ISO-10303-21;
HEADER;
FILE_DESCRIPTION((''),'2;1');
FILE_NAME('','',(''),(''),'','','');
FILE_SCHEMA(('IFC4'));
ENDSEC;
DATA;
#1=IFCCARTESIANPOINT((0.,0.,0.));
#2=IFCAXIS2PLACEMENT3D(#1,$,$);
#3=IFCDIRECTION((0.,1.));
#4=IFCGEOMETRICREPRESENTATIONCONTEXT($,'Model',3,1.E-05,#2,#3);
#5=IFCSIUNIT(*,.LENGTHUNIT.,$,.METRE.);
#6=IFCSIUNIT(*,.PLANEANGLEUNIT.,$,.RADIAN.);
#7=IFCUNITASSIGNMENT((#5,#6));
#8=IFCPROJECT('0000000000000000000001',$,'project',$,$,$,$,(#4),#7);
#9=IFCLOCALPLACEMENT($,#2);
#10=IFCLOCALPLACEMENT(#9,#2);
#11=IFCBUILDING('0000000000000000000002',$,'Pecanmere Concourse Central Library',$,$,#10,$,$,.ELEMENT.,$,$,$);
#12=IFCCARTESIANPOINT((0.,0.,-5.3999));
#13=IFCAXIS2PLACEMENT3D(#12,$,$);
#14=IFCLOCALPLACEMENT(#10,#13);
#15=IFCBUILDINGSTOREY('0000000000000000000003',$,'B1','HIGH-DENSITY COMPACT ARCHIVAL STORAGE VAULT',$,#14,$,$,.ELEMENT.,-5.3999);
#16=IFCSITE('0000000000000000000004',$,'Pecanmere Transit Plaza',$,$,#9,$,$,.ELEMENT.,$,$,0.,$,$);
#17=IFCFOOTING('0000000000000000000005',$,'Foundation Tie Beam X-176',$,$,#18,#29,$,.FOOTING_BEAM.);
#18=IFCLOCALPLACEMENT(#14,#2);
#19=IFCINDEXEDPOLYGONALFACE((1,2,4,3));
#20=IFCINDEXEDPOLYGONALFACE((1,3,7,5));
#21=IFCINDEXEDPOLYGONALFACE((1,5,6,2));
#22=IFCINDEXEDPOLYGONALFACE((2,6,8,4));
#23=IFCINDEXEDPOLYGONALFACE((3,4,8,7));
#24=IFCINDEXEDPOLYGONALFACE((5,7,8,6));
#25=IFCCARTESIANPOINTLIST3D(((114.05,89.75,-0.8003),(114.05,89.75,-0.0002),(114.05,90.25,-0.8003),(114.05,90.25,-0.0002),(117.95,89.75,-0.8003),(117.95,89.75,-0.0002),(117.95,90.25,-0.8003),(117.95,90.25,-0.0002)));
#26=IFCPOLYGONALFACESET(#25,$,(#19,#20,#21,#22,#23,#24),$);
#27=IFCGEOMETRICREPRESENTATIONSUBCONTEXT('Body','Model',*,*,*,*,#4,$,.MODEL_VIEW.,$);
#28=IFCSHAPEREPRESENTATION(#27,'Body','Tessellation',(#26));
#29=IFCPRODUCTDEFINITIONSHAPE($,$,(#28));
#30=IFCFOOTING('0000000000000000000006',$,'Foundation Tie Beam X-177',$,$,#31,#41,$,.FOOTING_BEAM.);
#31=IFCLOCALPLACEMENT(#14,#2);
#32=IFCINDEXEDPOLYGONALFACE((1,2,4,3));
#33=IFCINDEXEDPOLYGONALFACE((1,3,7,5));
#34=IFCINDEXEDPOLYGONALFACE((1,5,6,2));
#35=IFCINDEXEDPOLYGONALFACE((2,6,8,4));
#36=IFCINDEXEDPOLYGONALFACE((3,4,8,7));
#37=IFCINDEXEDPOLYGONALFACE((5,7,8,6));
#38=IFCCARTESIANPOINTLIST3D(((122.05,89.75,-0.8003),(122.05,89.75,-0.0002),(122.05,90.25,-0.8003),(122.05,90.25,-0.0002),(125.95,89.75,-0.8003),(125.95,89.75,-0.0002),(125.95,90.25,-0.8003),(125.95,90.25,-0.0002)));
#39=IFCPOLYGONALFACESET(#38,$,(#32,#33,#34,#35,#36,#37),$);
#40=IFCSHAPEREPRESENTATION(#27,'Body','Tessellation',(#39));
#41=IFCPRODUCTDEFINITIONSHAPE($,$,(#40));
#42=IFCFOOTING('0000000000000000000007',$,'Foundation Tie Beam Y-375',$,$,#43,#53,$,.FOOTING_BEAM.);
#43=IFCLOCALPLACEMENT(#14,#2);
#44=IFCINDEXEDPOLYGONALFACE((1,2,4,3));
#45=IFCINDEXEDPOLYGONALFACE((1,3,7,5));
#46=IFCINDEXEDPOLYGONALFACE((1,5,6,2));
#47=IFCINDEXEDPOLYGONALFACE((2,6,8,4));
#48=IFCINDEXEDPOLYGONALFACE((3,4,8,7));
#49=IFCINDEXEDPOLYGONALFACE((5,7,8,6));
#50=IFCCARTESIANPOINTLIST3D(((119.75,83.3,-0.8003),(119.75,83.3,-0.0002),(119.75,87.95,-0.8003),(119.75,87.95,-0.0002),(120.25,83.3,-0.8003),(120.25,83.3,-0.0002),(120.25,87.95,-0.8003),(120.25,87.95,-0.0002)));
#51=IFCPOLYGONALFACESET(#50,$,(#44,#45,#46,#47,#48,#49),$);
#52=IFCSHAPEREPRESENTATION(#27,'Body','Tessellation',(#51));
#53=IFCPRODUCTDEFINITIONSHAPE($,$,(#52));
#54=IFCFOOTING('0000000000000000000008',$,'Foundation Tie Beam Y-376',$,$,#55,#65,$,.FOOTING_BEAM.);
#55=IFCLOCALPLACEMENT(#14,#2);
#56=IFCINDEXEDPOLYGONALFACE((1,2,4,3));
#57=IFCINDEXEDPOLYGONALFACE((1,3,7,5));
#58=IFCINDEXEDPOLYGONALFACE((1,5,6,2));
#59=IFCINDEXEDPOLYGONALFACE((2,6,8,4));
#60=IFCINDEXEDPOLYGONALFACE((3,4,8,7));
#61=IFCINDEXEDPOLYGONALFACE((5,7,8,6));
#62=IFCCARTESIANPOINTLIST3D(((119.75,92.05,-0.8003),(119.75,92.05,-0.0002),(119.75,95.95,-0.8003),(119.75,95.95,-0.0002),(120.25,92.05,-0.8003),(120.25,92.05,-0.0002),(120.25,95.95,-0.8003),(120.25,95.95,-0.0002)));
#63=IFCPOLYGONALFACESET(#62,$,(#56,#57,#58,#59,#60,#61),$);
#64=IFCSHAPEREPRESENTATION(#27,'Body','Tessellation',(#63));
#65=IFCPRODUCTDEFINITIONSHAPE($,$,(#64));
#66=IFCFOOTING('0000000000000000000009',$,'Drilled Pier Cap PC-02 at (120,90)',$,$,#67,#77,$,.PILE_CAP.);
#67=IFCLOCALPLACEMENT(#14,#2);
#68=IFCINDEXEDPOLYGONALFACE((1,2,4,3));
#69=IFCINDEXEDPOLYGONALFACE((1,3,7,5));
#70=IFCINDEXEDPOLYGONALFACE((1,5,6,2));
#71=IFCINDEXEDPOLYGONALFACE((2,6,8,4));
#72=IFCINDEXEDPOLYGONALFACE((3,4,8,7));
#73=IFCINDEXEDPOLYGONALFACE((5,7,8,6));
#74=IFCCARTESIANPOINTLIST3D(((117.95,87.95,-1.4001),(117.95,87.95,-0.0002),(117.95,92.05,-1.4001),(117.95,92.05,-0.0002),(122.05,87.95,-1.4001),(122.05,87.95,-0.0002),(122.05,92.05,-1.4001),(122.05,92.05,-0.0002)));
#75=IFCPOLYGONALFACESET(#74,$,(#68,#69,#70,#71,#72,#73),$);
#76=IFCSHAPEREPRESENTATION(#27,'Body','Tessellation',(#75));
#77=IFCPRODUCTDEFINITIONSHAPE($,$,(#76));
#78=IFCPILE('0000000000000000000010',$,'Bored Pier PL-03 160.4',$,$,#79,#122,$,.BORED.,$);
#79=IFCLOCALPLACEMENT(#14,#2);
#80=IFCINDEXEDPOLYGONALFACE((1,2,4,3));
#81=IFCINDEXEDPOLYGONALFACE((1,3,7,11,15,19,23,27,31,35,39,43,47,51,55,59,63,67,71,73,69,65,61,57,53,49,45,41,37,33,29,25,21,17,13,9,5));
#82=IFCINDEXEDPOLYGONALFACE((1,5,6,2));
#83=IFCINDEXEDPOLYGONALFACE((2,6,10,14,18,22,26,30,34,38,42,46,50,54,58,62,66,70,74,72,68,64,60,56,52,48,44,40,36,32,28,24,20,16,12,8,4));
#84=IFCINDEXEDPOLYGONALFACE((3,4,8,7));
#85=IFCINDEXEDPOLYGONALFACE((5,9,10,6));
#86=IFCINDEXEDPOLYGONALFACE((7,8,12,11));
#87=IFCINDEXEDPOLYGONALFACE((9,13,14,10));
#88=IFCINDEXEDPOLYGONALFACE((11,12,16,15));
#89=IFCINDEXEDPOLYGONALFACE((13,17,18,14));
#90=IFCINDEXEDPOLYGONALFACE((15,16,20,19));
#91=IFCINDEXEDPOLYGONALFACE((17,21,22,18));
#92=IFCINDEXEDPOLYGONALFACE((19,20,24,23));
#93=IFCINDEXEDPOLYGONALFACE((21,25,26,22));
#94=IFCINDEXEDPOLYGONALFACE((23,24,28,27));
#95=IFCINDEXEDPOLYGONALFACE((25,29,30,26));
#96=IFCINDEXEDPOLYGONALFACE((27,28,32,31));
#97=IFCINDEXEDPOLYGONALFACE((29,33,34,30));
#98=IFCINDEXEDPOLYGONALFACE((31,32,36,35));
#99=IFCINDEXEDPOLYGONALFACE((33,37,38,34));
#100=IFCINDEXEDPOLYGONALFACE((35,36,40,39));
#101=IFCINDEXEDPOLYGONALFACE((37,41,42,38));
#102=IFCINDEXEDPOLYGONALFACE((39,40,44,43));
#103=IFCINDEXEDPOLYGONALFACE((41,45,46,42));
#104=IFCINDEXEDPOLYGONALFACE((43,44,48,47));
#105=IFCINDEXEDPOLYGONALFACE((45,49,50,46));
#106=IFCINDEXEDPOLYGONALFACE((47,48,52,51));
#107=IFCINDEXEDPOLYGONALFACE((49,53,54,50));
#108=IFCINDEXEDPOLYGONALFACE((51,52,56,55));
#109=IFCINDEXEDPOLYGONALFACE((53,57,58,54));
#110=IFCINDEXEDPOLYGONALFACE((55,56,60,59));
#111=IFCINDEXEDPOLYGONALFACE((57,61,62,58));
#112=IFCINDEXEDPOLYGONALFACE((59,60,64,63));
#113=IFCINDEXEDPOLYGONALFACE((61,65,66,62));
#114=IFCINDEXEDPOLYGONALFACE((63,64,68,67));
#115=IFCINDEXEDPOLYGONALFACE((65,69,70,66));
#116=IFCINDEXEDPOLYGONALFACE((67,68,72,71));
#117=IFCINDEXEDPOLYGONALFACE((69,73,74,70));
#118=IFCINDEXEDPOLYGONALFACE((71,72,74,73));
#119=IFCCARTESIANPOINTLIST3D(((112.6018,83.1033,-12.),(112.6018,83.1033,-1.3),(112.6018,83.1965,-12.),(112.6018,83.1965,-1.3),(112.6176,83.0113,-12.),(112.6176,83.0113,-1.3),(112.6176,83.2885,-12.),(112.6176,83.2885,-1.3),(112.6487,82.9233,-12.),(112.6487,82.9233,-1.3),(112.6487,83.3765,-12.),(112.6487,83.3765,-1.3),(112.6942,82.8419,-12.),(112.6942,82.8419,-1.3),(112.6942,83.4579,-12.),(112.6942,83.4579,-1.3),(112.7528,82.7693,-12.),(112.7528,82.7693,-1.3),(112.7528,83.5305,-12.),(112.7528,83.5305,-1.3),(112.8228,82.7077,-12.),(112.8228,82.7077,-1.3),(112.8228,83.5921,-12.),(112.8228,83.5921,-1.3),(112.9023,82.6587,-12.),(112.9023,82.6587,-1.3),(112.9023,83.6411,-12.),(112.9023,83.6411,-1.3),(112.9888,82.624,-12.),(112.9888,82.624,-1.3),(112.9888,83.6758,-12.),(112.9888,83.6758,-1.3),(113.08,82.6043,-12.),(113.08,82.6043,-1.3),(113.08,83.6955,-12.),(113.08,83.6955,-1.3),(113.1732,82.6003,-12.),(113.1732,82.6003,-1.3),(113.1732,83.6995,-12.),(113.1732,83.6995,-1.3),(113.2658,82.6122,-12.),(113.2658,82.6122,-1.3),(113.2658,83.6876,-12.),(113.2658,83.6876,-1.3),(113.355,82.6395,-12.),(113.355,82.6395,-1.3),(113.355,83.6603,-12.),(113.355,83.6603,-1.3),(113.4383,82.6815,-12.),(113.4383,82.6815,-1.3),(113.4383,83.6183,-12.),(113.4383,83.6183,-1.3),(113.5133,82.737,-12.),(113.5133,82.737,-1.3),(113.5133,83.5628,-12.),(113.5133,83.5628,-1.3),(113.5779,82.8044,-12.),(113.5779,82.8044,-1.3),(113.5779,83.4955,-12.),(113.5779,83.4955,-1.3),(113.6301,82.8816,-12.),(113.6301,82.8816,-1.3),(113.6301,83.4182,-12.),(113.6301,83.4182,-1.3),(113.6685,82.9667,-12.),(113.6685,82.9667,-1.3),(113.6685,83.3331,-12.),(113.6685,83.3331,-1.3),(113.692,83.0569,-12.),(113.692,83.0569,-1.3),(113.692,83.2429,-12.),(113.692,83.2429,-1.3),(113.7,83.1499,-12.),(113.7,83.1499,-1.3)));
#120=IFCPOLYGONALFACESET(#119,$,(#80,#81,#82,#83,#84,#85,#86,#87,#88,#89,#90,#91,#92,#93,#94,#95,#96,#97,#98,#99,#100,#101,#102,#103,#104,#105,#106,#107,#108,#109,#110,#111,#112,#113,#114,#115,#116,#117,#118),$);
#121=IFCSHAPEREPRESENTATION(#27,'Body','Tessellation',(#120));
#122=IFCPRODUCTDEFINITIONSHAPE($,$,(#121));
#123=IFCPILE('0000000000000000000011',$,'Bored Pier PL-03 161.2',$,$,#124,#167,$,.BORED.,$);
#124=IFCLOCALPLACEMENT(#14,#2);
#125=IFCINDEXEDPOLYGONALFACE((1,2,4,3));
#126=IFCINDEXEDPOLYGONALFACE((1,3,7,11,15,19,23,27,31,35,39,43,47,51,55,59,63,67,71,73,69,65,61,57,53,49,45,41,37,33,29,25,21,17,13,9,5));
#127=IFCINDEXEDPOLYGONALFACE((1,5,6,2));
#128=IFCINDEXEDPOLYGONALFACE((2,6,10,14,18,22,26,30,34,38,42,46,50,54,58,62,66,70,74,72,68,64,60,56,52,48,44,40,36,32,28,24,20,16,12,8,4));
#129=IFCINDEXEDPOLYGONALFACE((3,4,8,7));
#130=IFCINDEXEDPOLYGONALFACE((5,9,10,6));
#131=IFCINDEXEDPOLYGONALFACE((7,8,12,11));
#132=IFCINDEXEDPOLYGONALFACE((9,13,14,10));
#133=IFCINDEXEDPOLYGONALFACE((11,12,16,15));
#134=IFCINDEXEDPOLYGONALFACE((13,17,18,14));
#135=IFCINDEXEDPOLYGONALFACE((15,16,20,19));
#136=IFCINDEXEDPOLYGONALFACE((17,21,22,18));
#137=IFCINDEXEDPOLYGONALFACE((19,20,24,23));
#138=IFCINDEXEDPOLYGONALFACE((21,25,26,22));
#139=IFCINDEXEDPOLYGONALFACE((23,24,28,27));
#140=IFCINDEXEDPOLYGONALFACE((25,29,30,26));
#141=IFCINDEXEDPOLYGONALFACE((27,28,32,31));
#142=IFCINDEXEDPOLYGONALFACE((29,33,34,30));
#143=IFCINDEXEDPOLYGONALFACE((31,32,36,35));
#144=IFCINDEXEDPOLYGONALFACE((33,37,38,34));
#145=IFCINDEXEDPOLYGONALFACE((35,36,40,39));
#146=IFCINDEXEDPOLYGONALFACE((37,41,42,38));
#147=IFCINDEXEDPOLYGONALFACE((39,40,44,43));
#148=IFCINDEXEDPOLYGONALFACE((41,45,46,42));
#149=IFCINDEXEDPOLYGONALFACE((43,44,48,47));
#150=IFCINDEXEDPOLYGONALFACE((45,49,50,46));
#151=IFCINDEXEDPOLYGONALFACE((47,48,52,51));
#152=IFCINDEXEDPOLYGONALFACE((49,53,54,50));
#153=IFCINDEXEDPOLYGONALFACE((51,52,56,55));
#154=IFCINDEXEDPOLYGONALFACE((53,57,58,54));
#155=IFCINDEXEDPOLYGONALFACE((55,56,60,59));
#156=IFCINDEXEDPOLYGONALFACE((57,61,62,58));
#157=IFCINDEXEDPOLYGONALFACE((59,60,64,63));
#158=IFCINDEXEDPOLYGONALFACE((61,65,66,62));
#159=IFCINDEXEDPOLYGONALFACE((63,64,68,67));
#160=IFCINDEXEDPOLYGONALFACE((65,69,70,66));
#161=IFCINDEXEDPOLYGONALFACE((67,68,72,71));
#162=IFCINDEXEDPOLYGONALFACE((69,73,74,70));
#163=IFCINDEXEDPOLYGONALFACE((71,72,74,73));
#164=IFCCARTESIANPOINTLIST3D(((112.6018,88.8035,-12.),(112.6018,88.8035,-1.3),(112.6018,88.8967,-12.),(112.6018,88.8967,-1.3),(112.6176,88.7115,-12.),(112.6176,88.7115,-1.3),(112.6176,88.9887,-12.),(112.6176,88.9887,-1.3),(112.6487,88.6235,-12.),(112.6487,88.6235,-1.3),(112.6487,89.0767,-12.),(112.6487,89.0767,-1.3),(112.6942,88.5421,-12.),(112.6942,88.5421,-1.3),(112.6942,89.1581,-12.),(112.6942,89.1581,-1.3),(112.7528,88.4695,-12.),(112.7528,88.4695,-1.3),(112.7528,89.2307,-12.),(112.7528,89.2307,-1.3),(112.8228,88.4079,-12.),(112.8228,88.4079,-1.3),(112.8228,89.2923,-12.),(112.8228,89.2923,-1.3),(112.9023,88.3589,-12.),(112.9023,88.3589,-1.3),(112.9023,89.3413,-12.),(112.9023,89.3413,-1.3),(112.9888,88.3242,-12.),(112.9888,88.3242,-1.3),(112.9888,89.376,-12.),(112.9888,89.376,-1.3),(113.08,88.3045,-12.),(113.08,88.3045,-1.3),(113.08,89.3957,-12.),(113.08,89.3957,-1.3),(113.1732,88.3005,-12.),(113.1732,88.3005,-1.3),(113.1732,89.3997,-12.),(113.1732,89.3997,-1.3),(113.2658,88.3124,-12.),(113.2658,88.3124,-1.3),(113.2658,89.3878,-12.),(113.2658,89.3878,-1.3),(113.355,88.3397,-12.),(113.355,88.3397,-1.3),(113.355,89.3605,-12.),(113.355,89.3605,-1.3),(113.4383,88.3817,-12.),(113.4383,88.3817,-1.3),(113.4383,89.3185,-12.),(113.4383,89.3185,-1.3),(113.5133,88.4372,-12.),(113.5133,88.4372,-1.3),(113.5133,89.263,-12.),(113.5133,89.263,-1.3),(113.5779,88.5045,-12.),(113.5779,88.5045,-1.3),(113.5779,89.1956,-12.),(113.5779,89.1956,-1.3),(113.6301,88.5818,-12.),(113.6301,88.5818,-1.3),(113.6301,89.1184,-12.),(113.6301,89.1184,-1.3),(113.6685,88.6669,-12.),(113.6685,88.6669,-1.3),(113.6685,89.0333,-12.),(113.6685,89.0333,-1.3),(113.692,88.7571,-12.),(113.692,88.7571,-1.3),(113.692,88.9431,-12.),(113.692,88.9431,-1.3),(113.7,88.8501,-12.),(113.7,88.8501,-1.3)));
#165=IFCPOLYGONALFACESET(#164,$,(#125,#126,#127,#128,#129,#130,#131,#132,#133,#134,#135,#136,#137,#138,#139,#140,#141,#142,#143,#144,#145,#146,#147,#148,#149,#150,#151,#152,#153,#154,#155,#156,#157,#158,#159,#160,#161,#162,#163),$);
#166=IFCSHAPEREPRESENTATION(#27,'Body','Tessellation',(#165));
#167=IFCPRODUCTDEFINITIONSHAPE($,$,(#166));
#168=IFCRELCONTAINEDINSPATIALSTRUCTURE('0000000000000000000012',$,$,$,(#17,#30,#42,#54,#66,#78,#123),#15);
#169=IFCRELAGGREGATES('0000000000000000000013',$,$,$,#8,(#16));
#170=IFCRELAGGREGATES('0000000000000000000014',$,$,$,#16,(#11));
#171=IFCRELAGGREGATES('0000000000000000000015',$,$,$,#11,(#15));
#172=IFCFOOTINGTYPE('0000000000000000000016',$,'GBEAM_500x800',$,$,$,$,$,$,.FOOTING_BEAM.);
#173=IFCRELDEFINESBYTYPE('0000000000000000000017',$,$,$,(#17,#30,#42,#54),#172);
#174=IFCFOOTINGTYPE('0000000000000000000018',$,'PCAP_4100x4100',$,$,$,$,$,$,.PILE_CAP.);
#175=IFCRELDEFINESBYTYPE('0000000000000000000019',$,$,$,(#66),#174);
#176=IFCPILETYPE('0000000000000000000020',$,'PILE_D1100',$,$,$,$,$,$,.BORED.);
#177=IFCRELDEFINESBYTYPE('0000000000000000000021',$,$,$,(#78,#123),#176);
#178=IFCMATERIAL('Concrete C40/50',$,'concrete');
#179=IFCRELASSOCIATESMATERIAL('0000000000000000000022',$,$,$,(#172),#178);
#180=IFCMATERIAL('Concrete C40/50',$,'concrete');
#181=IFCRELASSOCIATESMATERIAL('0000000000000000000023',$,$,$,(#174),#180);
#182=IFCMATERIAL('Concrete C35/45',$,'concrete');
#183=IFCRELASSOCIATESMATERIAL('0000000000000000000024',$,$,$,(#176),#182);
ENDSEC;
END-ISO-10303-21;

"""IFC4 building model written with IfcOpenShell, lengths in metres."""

from ifc_helpers import new_model, si_unit, direction, frame, origin, origin_2d, place, context, subcontext, project, spatial, rectangle, circle, extrude, material, material_profile, profile_set, type_object, element, save


model = new_model("IFC4")

# Units and contexts
model_context = context("Model", 3, precision=1e-05, world=origin(), true_north=direction((0.0, 1.0)))
body_context = subcontext(model_context, "Body", "Model", "MODEL_VIEW")
ifc_project = project(units=[si_unit("LENGTHUNIT", "METRE"), si_unit("PLANEANGLEUNIT", "RADIAN")], contexts=[model_context])

# Site, building, storey
site_placement = place(None, origin())
site = spatial("IfcSite", under=ifc_project, at=site_placement, Name="Pecanmere Transit Plaza", CompositionType="ELEMENT", RefElevation=0.0)
building_placement = place(site_placement, origin())
building = spatial("IfcBuilding", under=site, at=building_placement, Name="Pecanmere Concourse Central Library", CompositionType="ELEMENT")
storey_placement = place(building_placement, frame((0.0, 0.0, -5.3999)))
storey = spatial("IfcBuildingStorey", under=building, at=storey_placement, Name="B1", Description="HIGH-DENSITY COMPACT ARCHIVAL STORAGE VAULT", CompositionType="ELEMENT", Elevation=-5.3999)

# Footings
ifc_material_1 = material(Name="Concrete C40/50", Category="concrete")
ifc_material_profile_1 = material_profile(ifc_material_1, rectangle(XDim=0.5, YDim=0.8, at=origin_2d()), Name="RC 500x800")
ifc_profile_set_1 = profile_set([ifc_material_profile_1], Name="Concrete C40/50")
footing_type_1 = type_object("IfcFootingType", Name="GBEAM_500x800", PredefinedType="FOOTING_BEAM", material=ifc_profile_set_1)
for number, where, z_axis, x_axis, name in (
    (1, (116.0, 90.0, -0.8003), (0.0, 0.0, 1.0), (1.0, 0.0, 0.0), "Foundation Tie Beam X-176"),
    (2, (124.0, 90.0, -0.8003), (0.0, 0.0, 1.0), (1.0, 0.0, 0.0), "Foundation Tie Beam X-177"),
):
    element("IfcFooting", number, at=place(storey_placement, frame(where, z_axis=z_axis, x_axis=x_axis)), inside=storey, type_object=footing_type_1, Name=name, PredefinedType="FOOTING_BEAM", context=body_context, shape_type="SweptSolid", body=[
        extrude(rectangle(XDim=3.8999, YDim=0.5, at=origin_2d()), origin(), (0.0, 0.0, 1.0), 0.8),
    ])
footing_1_placement = place(storey_placement, frame((120.0, 85.625, -0.8003), z_axis=(0.0, 0.0, 1.0), x_axis=(0.0, 1.0, 0.0)))
element("IfcFooting", 3, at=footing_1_placement, inside=storey, type_object=footing_type_1, Name="Foundation Tie Beam Y-375", PredefinedType="FOOTING_BEAM", context=body_context, shape_type="SweptSolid", body=[
    extrude(rectangle(XDim=4.6499, YDim=0.5, at=origin_2d()), origin(), (0.0, 0.0, 1.0), 0.8),
])
footing_2_placement = place(storey_placement, frame((120.0, 94.0, -0.8003), z_axis=(0.0, 0.0, 1.0), x_axis=(0.0, 1.0, 0.0)))
element("IfcFooting", 4, at=footing_2_placement, inside=storey, type_object=footing_type_1, Name="Foundation Tie Beam Y-376", PredefinedType="FOOTING_BEAM", context=body_context, shape_type="SweptSolid", body=[
    extrude(rectangle(XDim=3.8999, YDim=0.5, at=origin_2d()), origin(), (0.0, 0.0, 1.0), 0.8),
])
ifc_material_2 = material(Name="Concrete C40/50", Category="concrete")
footing_type_2 = type_object("IfcFootingType", Name="PCAP_4100x4100", PredefinedType="PILE_CAP", material=ifc_material_2)
footing_3_placement = place(storey_placement, frame((120.0, 90.0, -1.4001), z_axis=(0.0, 0.0, 1.0), x_axis=(1.0, 0.0, 0.0)))
element("IfcFooting", 5, at=footing_3_placement, inside=storey, type_object=footing_type_2, Name="Drilled Pier Cap PC-02 at (120,90)", PredefinedType="PILE_CAP", context=body_context, shape_type="SweptSolid", body=[
    extrude(rectangle(XDim=4.1001, YDim=4.1001, at=origin_2d()), origin(), (0.0, 0.0, 1.0), 1.3999),
])

# Piles
ifc_material_3 = material(Name="Concrete C35/45", Category="concrete")
ifc_material_profile_2 = material_profile(ifc_material_3, circle(Radius=0.55, at=origin_2d()), Name="PIER D1100")
ifc_profile_set_2 = profile_set([ifc_material_profile_2], Name="Concrete C35/45")
pile_type = type_object("IfcPileType", Name="PILE_D1100", PredefinedType="BORED", material=ifc_profile_set_2)
for number, where, z_axis, x_axis, name in (
    (6, (113.1499, 83.1499, -1.3), (0.0, 0.0, -1.0), (1.0, 0.0, 0.0), "Bored Pier PL-03 160.4"),
    (7, (113.1499, 88.8501, -1.3), (0.0, 0.0, -1.0), (1.0, 0.0, 0.0), "Bored Pier PL-03 161.2"),
):
    element("IfcPile", number, at=place(storey_placement, frame(where, z_axis=z_axis, x_axis=x_axis)), inside=storey, type_object=pile_type, Name=name, PredefinedType="BORED", context=body_context, shape_type="SweptSolid", body=[
        extrude(circle(Radius=0.55, at=origin_2d()), origin(), (0.0, 0.0, 1.0), 10.7),
    ])

save(model, "model.ifc")
